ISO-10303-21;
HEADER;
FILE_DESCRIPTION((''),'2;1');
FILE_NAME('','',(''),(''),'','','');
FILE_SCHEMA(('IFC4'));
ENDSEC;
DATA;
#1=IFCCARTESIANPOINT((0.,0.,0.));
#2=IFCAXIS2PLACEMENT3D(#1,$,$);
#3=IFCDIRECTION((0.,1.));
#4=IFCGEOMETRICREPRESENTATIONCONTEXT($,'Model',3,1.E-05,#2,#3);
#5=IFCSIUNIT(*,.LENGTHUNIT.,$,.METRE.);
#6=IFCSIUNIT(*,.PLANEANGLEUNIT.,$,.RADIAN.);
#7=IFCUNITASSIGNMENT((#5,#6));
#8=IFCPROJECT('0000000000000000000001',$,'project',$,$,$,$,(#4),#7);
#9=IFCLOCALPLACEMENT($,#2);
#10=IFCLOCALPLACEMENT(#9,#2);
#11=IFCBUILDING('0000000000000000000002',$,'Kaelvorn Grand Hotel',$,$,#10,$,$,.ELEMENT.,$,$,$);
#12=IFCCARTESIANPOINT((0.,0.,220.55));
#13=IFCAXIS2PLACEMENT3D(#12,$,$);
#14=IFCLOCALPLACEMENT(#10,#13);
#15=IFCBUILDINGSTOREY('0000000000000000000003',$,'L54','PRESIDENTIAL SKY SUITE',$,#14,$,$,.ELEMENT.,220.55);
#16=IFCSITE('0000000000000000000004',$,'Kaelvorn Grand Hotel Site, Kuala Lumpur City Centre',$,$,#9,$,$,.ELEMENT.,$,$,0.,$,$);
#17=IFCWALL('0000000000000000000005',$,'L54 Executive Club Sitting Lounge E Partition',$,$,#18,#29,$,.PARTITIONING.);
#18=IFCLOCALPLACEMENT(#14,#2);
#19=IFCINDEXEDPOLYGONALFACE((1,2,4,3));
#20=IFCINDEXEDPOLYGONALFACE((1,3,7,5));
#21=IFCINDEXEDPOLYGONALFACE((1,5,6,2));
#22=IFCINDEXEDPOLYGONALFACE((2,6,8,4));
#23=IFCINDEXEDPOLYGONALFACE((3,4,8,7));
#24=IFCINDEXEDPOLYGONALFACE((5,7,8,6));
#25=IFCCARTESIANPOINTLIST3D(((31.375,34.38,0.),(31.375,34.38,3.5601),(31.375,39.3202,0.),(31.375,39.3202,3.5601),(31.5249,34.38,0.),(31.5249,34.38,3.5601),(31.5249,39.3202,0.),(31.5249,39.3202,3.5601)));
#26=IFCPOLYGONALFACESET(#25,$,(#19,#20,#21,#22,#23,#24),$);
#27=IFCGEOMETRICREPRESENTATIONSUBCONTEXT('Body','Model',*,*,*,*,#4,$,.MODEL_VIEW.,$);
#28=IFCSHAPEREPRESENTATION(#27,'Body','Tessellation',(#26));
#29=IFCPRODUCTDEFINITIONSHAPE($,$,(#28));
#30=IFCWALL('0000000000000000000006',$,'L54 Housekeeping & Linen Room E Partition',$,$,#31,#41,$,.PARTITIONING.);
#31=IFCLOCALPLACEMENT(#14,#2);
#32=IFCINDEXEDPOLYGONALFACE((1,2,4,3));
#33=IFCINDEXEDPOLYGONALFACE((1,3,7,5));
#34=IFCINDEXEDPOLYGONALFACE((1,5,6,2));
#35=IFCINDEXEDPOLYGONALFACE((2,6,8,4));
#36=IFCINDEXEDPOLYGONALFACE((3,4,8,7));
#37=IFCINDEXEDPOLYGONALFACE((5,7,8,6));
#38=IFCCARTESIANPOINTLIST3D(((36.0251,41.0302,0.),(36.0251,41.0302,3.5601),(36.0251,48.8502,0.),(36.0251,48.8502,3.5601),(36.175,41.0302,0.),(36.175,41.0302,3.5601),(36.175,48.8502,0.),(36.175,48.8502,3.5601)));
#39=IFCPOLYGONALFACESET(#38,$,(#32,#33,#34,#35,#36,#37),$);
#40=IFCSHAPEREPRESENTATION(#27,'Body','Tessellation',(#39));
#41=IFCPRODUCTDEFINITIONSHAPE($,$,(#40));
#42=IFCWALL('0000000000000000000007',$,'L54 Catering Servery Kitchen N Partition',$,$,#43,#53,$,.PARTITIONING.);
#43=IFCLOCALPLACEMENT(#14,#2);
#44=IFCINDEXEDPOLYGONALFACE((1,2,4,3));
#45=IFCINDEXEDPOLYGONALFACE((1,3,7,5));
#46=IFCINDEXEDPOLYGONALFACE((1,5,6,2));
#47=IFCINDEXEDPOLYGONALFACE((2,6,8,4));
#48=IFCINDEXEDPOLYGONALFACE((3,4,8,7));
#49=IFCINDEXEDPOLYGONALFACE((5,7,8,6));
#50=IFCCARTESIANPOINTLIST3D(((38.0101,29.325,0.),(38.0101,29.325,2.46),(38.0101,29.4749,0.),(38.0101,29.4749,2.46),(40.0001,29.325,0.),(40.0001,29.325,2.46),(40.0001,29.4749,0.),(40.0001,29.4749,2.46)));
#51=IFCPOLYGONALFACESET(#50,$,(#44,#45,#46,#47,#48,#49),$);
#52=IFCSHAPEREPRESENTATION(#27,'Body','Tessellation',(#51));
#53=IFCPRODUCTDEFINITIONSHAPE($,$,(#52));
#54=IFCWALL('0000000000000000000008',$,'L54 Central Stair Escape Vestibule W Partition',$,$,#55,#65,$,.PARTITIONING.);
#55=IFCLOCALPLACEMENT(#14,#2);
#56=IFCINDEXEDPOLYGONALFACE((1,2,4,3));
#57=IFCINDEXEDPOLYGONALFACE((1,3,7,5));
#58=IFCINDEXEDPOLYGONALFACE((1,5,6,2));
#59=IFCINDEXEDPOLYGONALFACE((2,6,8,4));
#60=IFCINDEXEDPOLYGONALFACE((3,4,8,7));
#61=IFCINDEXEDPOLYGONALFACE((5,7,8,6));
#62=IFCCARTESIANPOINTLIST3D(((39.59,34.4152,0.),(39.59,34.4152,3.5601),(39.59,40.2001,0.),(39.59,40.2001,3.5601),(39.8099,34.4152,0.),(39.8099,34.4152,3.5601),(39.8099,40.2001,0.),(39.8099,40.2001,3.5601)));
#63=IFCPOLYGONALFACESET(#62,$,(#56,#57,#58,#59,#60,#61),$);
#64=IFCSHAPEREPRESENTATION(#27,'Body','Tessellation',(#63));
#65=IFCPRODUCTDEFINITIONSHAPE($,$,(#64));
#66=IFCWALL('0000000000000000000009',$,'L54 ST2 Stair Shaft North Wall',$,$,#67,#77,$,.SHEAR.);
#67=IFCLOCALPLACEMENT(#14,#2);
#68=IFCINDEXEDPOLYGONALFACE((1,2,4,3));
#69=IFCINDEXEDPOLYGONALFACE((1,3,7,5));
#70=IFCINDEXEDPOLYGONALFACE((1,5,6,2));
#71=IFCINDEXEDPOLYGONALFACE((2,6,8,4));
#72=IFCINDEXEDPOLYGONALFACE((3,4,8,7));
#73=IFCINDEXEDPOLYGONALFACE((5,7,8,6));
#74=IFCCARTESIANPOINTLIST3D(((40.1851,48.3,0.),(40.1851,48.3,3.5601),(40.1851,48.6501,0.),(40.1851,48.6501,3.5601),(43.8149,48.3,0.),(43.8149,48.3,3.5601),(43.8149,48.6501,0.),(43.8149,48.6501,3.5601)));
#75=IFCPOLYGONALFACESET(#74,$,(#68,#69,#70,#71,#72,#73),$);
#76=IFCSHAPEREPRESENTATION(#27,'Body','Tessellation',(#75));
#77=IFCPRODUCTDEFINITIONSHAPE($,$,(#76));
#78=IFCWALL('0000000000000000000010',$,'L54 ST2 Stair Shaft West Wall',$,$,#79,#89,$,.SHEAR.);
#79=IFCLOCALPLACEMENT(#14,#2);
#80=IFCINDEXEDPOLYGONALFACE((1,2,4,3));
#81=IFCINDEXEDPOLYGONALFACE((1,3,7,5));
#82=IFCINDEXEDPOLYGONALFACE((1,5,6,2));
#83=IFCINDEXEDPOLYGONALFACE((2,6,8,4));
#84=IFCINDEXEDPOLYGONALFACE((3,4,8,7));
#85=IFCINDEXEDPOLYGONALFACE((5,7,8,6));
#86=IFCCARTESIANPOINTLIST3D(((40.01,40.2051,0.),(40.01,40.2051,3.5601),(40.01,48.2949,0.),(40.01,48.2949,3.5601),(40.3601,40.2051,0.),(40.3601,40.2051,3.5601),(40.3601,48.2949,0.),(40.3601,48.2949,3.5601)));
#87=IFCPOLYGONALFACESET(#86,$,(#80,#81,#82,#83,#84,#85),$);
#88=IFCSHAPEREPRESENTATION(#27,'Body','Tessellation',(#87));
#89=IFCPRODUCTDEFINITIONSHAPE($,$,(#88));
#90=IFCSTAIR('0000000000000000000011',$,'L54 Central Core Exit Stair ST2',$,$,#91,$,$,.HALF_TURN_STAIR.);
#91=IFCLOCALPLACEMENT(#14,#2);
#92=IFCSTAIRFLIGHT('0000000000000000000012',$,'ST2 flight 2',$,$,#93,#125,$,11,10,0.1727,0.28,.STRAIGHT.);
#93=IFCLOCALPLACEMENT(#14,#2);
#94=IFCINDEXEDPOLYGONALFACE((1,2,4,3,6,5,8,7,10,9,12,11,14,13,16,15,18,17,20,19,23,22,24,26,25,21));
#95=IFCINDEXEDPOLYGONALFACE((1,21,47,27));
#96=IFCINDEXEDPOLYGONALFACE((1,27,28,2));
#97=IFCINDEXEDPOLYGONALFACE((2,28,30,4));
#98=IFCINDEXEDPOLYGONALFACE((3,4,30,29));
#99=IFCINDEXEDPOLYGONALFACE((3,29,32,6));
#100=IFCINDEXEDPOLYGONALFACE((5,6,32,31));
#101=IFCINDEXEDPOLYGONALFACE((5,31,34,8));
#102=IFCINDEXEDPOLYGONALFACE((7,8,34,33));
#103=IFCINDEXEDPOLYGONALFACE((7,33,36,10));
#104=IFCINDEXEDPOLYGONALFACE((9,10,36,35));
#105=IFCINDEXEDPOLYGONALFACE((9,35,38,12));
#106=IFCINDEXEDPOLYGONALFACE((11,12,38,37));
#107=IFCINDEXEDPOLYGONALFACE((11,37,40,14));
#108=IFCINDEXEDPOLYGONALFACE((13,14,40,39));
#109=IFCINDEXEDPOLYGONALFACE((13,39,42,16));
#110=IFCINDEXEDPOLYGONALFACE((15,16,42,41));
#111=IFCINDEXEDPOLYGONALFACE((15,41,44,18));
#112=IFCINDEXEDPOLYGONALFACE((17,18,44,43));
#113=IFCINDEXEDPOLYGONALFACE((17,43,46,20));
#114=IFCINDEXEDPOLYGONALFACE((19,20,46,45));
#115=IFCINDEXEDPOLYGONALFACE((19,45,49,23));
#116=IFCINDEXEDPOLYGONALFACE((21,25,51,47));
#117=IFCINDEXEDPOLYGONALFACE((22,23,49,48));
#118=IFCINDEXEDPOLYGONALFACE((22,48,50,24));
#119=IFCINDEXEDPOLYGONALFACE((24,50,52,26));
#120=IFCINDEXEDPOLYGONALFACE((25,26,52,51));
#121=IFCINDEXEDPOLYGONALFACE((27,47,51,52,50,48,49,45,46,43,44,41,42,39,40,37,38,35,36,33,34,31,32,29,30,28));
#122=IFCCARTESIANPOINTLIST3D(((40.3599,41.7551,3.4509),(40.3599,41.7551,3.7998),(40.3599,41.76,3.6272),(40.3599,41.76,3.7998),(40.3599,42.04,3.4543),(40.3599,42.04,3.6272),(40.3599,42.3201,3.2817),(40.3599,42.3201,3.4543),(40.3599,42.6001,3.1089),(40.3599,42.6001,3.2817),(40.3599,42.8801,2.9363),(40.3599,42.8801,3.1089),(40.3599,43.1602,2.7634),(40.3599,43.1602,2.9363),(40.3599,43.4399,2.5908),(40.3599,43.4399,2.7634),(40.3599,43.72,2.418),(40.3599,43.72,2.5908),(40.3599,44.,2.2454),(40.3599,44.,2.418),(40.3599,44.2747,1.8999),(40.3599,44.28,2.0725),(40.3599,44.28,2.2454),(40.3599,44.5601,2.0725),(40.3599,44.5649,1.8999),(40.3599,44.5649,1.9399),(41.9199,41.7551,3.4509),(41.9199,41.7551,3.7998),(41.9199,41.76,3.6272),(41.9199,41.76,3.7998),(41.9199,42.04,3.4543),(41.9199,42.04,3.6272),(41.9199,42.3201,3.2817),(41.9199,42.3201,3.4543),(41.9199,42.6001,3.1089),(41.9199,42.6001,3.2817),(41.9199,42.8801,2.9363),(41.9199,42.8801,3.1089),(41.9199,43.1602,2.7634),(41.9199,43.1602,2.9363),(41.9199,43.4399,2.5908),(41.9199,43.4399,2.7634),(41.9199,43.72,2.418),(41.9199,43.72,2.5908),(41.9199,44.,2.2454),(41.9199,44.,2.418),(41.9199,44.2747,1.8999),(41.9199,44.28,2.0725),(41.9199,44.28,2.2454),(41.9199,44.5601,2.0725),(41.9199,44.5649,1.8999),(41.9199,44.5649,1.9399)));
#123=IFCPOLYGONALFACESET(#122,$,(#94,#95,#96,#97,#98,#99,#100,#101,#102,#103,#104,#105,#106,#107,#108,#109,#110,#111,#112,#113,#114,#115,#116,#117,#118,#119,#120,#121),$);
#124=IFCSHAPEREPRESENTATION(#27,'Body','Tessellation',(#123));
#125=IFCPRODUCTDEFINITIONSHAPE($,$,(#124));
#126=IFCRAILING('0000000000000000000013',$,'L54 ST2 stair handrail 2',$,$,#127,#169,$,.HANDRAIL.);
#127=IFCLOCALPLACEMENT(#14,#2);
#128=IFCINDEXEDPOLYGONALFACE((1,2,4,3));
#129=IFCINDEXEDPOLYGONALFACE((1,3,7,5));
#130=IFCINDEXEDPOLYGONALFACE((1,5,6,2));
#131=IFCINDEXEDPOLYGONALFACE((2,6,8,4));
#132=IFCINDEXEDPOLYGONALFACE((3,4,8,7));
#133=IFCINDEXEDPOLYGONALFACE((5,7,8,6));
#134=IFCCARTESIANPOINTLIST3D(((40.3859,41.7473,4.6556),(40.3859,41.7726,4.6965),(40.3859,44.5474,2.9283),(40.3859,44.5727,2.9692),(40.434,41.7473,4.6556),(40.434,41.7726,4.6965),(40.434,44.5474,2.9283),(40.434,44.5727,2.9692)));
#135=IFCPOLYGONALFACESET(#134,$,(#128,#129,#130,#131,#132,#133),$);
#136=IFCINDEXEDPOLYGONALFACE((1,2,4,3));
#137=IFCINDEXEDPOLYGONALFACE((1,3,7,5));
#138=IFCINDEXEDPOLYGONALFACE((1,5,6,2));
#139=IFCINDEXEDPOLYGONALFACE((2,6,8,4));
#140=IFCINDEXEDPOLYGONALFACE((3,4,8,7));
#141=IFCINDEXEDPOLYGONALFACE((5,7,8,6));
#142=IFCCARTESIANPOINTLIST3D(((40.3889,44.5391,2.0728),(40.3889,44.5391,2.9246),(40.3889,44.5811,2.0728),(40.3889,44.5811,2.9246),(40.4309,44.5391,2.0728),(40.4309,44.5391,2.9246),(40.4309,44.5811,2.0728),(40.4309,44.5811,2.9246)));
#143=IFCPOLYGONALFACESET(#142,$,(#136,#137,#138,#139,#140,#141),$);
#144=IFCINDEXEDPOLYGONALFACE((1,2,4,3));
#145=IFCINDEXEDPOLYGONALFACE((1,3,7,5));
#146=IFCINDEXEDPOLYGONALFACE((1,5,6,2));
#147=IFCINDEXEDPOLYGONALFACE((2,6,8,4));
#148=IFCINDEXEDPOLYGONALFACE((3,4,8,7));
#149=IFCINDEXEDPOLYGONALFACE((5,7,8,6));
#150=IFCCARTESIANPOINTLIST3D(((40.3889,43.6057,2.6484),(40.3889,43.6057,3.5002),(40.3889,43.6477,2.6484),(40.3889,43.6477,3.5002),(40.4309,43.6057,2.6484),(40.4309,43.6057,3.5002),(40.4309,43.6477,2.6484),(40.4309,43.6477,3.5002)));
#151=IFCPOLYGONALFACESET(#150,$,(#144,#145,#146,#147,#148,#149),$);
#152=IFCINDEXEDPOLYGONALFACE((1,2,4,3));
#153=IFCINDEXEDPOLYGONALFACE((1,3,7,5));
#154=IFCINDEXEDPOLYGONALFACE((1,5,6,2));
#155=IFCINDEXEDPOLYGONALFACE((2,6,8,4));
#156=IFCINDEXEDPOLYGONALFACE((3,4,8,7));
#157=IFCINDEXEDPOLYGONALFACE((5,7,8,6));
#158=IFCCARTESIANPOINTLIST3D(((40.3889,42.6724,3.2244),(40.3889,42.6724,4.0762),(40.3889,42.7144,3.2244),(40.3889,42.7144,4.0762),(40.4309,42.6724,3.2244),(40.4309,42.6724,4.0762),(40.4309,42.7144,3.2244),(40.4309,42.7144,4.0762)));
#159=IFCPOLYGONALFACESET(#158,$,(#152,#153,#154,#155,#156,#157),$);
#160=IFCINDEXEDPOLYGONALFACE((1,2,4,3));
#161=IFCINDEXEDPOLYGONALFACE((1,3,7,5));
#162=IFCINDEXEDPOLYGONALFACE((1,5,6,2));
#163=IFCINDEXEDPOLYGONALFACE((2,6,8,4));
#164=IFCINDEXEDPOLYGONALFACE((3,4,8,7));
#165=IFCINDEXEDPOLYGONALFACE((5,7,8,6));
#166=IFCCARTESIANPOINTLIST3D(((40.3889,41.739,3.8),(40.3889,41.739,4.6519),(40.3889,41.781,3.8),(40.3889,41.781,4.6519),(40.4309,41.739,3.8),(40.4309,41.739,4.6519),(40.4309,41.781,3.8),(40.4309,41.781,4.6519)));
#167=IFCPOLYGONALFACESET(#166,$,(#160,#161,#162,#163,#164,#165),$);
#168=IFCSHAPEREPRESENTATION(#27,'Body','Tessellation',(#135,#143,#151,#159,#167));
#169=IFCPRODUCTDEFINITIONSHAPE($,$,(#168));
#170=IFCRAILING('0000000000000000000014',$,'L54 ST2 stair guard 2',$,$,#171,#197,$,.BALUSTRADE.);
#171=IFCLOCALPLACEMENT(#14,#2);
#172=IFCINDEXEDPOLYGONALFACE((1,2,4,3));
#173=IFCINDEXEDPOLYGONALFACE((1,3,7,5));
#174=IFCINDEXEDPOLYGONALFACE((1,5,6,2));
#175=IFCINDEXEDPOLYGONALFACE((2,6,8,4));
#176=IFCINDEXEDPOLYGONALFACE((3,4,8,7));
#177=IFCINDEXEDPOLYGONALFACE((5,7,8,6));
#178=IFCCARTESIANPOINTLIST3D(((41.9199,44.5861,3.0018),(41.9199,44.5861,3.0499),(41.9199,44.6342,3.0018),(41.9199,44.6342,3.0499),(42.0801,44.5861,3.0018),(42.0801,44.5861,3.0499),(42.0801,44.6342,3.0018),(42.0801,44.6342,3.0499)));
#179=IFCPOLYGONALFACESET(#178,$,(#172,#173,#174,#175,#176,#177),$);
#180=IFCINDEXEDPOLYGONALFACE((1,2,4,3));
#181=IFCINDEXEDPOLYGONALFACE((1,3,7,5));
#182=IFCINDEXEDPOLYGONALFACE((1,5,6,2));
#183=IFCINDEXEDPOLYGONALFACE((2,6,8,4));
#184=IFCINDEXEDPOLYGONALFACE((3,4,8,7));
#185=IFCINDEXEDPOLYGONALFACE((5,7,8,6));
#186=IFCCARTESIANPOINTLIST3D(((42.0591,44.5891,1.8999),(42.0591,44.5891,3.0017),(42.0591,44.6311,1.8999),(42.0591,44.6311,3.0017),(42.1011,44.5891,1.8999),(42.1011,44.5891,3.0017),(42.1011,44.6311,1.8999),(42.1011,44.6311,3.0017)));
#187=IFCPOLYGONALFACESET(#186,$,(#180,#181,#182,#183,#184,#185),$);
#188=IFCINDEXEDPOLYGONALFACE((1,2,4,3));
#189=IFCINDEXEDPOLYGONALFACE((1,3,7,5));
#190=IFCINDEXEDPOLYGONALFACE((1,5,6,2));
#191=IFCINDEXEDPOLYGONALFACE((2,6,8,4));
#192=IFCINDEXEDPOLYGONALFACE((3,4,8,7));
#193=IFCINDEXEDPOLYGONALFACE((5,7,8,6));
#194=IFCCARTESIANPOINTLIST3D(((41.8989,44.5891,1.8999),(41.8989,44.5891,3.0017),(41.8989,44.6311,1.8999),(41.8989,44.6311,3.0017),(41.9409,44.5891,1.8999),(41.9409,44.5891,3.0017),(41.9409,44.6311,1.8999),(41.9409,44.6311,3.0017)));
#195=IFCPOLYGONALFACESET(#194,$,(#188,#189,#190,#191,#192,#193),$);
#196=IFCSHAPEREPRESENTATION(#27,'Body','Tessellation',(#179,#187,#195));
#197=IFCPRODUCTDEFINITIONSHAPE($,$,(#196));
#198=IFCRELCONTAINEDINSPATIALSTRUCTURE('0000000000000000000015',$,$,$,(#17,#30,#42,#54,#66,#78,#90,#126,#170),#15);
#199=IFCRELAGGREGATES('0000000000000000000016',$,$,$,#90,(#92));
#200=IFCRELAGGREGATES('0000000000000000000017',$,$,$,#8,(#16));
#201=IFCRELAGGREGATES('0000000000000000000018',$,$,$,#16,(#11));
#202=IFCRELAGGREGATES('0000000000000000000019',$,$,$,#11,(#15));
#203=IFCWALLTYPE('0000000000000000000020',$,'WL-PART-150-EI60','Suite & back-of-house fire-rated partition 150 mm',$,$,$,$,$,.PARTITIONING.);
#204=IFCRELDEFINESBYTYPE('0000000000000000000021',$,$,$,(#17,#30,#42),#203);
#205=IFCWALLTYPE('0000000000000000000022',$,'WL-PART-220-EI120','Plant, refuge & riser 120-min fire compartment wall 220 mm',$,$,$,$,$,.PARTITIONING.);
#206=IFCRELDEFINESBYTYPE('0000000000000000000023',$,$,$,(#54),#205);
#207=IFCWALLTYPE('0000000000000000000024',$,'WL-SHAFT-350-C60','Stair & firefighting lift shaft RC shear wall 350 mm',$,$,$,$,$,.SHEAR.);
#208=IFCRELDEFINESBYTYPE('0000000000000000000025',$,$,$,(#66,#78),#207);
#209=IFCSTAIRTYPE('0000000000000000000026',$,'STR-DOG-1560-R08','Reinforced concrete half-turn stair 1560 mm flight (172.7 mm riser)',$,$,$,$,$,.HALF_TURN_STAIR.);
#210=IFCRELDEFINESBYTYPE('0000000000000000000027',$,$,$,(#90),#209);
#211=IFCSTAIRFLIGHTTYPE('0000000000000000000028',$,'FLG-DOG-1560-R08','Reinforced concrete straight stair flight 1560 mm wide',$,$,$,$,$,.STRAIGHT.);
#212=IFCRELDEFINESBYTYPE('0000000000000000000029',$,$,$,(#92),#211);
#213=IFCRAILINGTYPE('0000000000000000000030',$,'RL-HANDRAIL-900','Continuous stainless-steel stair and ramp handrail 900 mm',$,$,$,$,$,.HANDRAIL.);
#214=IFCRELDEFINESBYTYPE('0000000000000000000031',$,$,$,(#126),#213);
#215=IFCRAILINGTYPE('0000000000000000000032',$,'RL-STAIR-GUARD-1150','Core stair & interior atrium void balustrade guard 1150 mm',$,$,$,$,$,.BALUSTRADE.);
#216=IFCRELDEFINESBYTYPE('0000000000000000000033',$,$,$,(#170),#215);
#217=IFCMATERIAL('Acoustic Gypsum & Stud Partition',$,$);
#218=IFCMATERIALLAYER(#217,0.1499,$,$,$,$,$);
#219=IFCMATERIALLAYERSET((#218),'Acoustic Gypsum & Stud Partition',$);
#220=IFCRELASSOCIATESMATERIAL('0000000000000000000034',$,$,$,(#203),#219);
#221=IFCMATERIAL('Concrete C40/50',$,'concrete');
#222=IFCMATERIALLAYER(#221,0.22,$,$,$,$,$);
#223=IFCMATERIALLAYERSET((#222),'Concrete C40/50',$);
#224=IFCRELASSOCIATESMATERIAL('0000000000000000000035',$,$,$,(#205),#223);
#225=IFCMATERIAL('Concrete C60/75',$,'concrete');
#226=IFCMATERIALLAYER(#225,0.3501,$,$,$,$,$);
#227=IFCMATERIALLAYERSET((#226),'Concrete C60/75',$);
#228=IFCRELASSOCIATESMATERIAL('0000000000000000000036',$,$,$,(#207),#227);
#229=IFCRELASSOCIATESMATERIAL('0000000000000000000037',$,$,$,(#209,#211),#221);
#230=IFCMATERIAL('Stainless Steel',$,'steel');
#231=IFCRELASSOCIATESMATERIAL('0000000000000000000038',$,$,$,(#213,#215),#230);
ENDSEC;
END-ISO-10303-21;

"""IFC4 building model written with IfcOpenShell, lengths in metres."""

from ifc_helpers import new_model, si_unit, direction, frame, frame_2d, origin, origin_2d, place, context, subcontext, project, spatial, polyline, rectangle, outline, extrude, material, layer, layer_set, type_object, element, aggregate, save


model = new_model("IFC4")

# Units and contexts
model_context = context("Model", 3, precision=1e-05, world=origin(), true_north=direction((0.0, 1.0)))
body_context = subcontext(model_context, "Body", "Model", "MODEL_VIEW")
ifc_project = project(units=[si_unit("LENGTHUNIT", "METRE"), si_unit("PLANEANGLEUNIT", "RADIAN")], contexts=[model_context])

# Site, building, storey
site_placement = place(None, origin())
site = spatial("IfcSite", under=ifc_project, at=site_placement, Name="Kaelvorn Grand Hotel Site, Kuala Lumpur City Centre", CompositionType="ELEMENT", RefElevation=0.0)
building_placement = place(site_placement, origin())
building = spatial("IfcBuilding", under=site, at=building_placement, Name="Kaelvorn Grand Hotel", CompositionType="ELEMENT")
storey_placement = place(building_placement, frame((0.0, 0.0, 220.55)))
storey = spatial("IfcBuildingStorey", under=building, at=storey_placement, Name="L54", Description="PRESIDENTIAL SKY SUITE", CompositionType="ELEMENT", Elevation=220.55)

# Shared definitions
ifc_material_1 = material(Name="Concrete C60/75", Category="concrete")

# Shared definitions
ifc_material_2 = material(Name="Acoustic Gypsum & Stud Partition")
ifc_layer_1 = layer(ifc_material_2, 0.1499)
ifc_layer_set_1 = layer_set([ifc_layer_1], Name="Acoustic Gypsum & Stud Partition")
wall_type_1 = type_object("IfcWallType", Name="WL-PART-150-EI60", Description="Suite & back-of-house fire-rated partition 150 mm", PredefinedType="PARTITIONING", material=ifc_layer_set_1)

# Walls
for number, where, z_axis, x_axis, name in (
    (1, (31.45, 34.3799, 0.0), (0.0, 0.0, 1.0), (0.0, 1.0, 0.0), "L54 Executive Club Sitting Lounge E Partition"),
):
    element("IfcWall", number, at=place(storey_placement, frame(where, z_axis=z_axis, x_axis=x_axis)), inside=storey, type_object=wall_type_1, Name=name, PredefinedType="PARTITIONING", context=body_context, shape_type="SweptSolid", body=[
        extrude(rectangle(XDim=4.9402, YDim=0.1499, at=frame_2d((2.4702, 0.0))), origin(), (0.0, 0.0, 1.0), 3.5601),
    ])
wall_1_placement = place(storey_placement, frame((36.1001, 41.03, 0.0), z_axis=(0.0, 0.0, 1.0), x_axis=(0.0, 1.0, 0.0)))
element("IfcWall", 2, at=wall_1_placement, inside=storey, type_object=wall_type_1, Name="L54 Housekeeping & Linen Room E Partition", PredefinedType="PARTITIONING", context=body_context, shape_type="SweptSolid", body=[
    extrude(rectangle(XDim=7.8201, YDim=0.1499, at=frame_2d((3.9102, 0.0))), origin(), (0.0, 0.0, 1.0), 3.5601),
])
wall_2_placement = place(storey_placement, frame((38.01, 29.3999, 0.0), z_axis=(0.0, 0.0, 1.0), x_axis=(1.0, 0.0, 0.0)))
element("IfcWall", 3, at=wall_2_placement, inside=storey, type_object=wall_type_1, Name="L54 Catering Servery Kitchen N Partition", PredefinedType="PARTITIONING", context=body_context, shape_type="SweptSolid", body=[
    extrude(rectangle(XDim=1.99, YDim=0.1499, at=frame_2d((0.9951, 0.0))), origin(), (0.0, 0.0, 1.0), 2.46),
])

# Shared definitions
ifc_material_3 = material(Name="Concrete C40/50", Category="concrete")
ifc_layer_2 = layer(ifc_material_3, 0.22)
ifc_layer_set_2 = layer_set([ifc_layer_2], Name="Concrete C40/50")
wall_type_2 = type_object("IfcWallType", Name="WL-PART-220-EI120", Description="Plant, refuge & riser 120-min fire compartment wall 220 mm", PredefinedType="PARTITIONING", material=ifc_layer_set_2)

# Wall
wall_3_placement = place(storey_placement, frame((39.7, 34.415, 0.0), z_axis=(0.0, 0.0, 1.0), x_axis=(0.0, 1.0, 0.0)))
element("IfcWall", 4, at=wall_3_placement, inside=storey, type_object=wall_type_2, Name="L54 Central Stair Escape Vestibule W Partition", PredefinedType="PARTITIONING", context=body_context, shape_type="SweptSolid", body=[
    extrude(rectangle(XDim=5.7849, YDim=0.22, at=frame_2d((2.8926, 0.0))), origin(), (0.0, 0.0, 1.0), 3.5601),
])

# Shared definitions
ifc_layer_3 = layer(ifc_material_1, 0.3501)
ifc_layer_set_3 = layer_set([ifc_layer_3], Name="Concrete C60/75")
wall_type_3 = type_object("IfcWallType", Name="WL-SHAFT-350-C60", Description="Stair & firefighting lift shaft RC shear wall 350 mm", PredefinedType="SHEAR", material=ifc_layer_set_3)

# Walls
wall_4_placement = place(storey_placement, frame((40.1851, 48.4751, 0.0), z_axis=(0.0, 0.0, 1.0), x_axis=(1.0, 0.0, 0.0)))
element("IfcWall", 5, at=wall_4_placement, inside=storey, type_object=wall_type_3, Name="L54 ST2 Stair Shaft North Wall", PredefinedType="SHEAR", context=body_context, shape_type="SweptSolid", body=[
    extrude(rectangle(XDim=3.6299, YDim=0.3501, at=frame_2d((1.8149, 0.0))), origin(), (0.0, 0.0, 1.0), 3.5601),
])
wall_5_placement = place(storey_placement, frame((40.1851, 40.2051, 0.0), z_axis=(0.0, 0.0, 1.0), x_axis=(0.0, 1.0, 0.0)))
element("IfcWall", 6, at=wall_5_placement, inside=storey, type_object=wall_type_3, Name="L54 ST2 Stair Shaft West Wall", PredefinedType="SHEAR", context=body_context, shape_type="SweptSolid", body=[
    extrude(rectangle(XDim=8.0898, YDim=0.3501, at=frame_2d((4.0449, 0.0))), origin(), (0.0, 0.0, 1.0), 3.5601),
])

# Stair, stair flight
stair_type = type_object("IfcStairType", Name="STR-DOG-1560-R08", Description="Reinforced concrete half-turn stair 1560 mm flight (172.7 mm riser)", PredefinedType="HALF_TURN_STAIR", material=ifc_material_3)
stair_placement = place(storey_placement, origin())
stair = element("IfcStair", 7, at=stair_placement, inside=storey, type_object=stair_type, Name="L54 Central Core Exit Stair ST2", PredefinedType="HALF_TURN_STAIR")
stair_flight_type = type_object("IfcStairFlightType", Name="FLG-DOG-1560-R08", Description="Reinforced concrete straight stair flight 1560 mm wide", PredefinedType="STRAIGHT", material=ifc_material_3)
stair_flight_placement = place(storey_placement, frame((41.1399, 44.5601, 1.8999), z_axis=(0.0, 0.0, 1.0), x_axis=(0.0, -1.0, 0.0)))
stair_flight = element("IfcStairFlight", 8, at=stair_flight_placement, type_object=stair_flight_type, Name="ST2 flight 2", NumberOfRisers=11, NumberOfTreads=10, PredefinedType="STRAIGHT", RiserHeight=0.1727, TreadLength=0.28, context=body_context, shape_type="SweptSolid", body=[
    extrude(outline(polyline([(-0.0049, 0.0), (-0.0049, 0.04), (0.0, 0.1726), (0.28, 0.1726), (0.28, 0.3455), (0.5601, 0.3455), (0.5601, 0.5181), (0.8401, 0.5181), (0.8401, 0.6909), (1.1201, 0.6909), (1.1201, 0.8635), (1.3999, 0.8635), (1.3999, 1.0364), (1.6799, 1.0364), (1.6799, 1.209), (1.96, 1.209), (1.96, 1.3818), (2.24, 1.3818), (2.24, 1.5544), (2.52, 1.5544), (2.52, 1.7273), (2.8, 1.7273), (2.8, 1.8999), (2.8049, 1.8999), (2.8049, 1.551), (0.2854, 0.0), (-0.0049, 0.0)])), frame((0.0, 0.78, 0.0), z_axis=(0.0, -1.0, 0.0), x_axis=(1.0, 0.0, 0.0)), (0.0, 0.0, 1.0), 1.5601),
])
aggregate(stair, [stair_flight])

# Railings
ifc_material_4 = material(Name="Stainless Steel", Category="steel")
railing_type_1 = type_object("IfcRailingType", Name="RL-HANDRAIL-900", Description="Continuous stainless-steel stair and ramp handrail 900 mm", PredefinedType="HANDRAIL", material=ifc_material_4)
railing_1_placement = place(storey_placement, frame((40.4099, 44.5601, 2.0728)))
element("IfcRailing", 9, at=railing_1_placement, inside=storey, type_object=railing_type_1, Name="L54 ST2 stair handrail 2", PredefinedType="HANDRAIL", context=body_context, shape_type="SweptSolid", body=[
    extrude(rectangle(XDim=0.0481, YDim=0.0481, at=origin_2d()), frame((0.0, 0.0, 0.876), z_axis=(0.0, -0.85109, 0.52502), x_axis=(1.0, 0.0, 0.0)), (0.0, 0.0, 1.0), 3.29),
    extrude(rectangle(XDim=0.042, YDim=0.042, at=origin_2d()), origin(), (0.0, 0.0, 1.0), 0.8518),
    extrude(rectangle(XDim=0.042, YDim=0.042, at=origin_2d()), frame((0.0, -0.9333, 0.5757)), (0.0, 0.0, 1.0), 0.8518),
    extrude(rectangle(XDim=0.042, YDim=0.042, at=origin_2d()), frame((0.0, -1.8667, 1.1516)), (0.0, 0.0, 1.0), 0.8518),
    extrude(rectangle(XDim=0.042, YDim=0.042, at=origin_2d()), frame((0.0, -2.8, 1.7273)), (0.0, 0.0, 1.0), 0.8518),
])
railing_type_2 = type_object("IfcRailingType", Name="RL-STAIR-GUARD-1150", Description="Core stair & interior atrium void balustrade guard 1150 mm", PredefinedType="BALUSTRADE", material=ifc_material_4)
railing_2_placement = place(storey_placement, frame((42.0801, 44.6101, 1.8999)))
element("IfcRailing", 10, at=railing_2_placement, inside=storey, type_object=railing_type_2, Name="L54 ST2 stair guard 2", PredefinedType="BALUSTRADE", context=body_context, shape_type="SweptSolid", body=[
    extrude(rectangle(XDim=0.0481, YDim=0.0481, at=origin_2d()), frame((0.0, 0.0, 1.126), z_axis=(-1.0, 0.0, 0.0), x_axis=(0.0, -1.0, 0.0)), (0.0, 0.0, 1.0), 0.1602),
    extrude(rectangle(XDim=0.042, YDim=0.042, at=origin_2d()), origin(), (0.0, 0.0, 1.0), 1.1018),
    extrude(rectangle(XDim=0.042, YDim=0.042, at=origin_2d()), frame((-0.1602, 0.0, 0.0)), (0.0, 0.0, 1.0), 1.1018),
])

save(model, "model.ifc")
